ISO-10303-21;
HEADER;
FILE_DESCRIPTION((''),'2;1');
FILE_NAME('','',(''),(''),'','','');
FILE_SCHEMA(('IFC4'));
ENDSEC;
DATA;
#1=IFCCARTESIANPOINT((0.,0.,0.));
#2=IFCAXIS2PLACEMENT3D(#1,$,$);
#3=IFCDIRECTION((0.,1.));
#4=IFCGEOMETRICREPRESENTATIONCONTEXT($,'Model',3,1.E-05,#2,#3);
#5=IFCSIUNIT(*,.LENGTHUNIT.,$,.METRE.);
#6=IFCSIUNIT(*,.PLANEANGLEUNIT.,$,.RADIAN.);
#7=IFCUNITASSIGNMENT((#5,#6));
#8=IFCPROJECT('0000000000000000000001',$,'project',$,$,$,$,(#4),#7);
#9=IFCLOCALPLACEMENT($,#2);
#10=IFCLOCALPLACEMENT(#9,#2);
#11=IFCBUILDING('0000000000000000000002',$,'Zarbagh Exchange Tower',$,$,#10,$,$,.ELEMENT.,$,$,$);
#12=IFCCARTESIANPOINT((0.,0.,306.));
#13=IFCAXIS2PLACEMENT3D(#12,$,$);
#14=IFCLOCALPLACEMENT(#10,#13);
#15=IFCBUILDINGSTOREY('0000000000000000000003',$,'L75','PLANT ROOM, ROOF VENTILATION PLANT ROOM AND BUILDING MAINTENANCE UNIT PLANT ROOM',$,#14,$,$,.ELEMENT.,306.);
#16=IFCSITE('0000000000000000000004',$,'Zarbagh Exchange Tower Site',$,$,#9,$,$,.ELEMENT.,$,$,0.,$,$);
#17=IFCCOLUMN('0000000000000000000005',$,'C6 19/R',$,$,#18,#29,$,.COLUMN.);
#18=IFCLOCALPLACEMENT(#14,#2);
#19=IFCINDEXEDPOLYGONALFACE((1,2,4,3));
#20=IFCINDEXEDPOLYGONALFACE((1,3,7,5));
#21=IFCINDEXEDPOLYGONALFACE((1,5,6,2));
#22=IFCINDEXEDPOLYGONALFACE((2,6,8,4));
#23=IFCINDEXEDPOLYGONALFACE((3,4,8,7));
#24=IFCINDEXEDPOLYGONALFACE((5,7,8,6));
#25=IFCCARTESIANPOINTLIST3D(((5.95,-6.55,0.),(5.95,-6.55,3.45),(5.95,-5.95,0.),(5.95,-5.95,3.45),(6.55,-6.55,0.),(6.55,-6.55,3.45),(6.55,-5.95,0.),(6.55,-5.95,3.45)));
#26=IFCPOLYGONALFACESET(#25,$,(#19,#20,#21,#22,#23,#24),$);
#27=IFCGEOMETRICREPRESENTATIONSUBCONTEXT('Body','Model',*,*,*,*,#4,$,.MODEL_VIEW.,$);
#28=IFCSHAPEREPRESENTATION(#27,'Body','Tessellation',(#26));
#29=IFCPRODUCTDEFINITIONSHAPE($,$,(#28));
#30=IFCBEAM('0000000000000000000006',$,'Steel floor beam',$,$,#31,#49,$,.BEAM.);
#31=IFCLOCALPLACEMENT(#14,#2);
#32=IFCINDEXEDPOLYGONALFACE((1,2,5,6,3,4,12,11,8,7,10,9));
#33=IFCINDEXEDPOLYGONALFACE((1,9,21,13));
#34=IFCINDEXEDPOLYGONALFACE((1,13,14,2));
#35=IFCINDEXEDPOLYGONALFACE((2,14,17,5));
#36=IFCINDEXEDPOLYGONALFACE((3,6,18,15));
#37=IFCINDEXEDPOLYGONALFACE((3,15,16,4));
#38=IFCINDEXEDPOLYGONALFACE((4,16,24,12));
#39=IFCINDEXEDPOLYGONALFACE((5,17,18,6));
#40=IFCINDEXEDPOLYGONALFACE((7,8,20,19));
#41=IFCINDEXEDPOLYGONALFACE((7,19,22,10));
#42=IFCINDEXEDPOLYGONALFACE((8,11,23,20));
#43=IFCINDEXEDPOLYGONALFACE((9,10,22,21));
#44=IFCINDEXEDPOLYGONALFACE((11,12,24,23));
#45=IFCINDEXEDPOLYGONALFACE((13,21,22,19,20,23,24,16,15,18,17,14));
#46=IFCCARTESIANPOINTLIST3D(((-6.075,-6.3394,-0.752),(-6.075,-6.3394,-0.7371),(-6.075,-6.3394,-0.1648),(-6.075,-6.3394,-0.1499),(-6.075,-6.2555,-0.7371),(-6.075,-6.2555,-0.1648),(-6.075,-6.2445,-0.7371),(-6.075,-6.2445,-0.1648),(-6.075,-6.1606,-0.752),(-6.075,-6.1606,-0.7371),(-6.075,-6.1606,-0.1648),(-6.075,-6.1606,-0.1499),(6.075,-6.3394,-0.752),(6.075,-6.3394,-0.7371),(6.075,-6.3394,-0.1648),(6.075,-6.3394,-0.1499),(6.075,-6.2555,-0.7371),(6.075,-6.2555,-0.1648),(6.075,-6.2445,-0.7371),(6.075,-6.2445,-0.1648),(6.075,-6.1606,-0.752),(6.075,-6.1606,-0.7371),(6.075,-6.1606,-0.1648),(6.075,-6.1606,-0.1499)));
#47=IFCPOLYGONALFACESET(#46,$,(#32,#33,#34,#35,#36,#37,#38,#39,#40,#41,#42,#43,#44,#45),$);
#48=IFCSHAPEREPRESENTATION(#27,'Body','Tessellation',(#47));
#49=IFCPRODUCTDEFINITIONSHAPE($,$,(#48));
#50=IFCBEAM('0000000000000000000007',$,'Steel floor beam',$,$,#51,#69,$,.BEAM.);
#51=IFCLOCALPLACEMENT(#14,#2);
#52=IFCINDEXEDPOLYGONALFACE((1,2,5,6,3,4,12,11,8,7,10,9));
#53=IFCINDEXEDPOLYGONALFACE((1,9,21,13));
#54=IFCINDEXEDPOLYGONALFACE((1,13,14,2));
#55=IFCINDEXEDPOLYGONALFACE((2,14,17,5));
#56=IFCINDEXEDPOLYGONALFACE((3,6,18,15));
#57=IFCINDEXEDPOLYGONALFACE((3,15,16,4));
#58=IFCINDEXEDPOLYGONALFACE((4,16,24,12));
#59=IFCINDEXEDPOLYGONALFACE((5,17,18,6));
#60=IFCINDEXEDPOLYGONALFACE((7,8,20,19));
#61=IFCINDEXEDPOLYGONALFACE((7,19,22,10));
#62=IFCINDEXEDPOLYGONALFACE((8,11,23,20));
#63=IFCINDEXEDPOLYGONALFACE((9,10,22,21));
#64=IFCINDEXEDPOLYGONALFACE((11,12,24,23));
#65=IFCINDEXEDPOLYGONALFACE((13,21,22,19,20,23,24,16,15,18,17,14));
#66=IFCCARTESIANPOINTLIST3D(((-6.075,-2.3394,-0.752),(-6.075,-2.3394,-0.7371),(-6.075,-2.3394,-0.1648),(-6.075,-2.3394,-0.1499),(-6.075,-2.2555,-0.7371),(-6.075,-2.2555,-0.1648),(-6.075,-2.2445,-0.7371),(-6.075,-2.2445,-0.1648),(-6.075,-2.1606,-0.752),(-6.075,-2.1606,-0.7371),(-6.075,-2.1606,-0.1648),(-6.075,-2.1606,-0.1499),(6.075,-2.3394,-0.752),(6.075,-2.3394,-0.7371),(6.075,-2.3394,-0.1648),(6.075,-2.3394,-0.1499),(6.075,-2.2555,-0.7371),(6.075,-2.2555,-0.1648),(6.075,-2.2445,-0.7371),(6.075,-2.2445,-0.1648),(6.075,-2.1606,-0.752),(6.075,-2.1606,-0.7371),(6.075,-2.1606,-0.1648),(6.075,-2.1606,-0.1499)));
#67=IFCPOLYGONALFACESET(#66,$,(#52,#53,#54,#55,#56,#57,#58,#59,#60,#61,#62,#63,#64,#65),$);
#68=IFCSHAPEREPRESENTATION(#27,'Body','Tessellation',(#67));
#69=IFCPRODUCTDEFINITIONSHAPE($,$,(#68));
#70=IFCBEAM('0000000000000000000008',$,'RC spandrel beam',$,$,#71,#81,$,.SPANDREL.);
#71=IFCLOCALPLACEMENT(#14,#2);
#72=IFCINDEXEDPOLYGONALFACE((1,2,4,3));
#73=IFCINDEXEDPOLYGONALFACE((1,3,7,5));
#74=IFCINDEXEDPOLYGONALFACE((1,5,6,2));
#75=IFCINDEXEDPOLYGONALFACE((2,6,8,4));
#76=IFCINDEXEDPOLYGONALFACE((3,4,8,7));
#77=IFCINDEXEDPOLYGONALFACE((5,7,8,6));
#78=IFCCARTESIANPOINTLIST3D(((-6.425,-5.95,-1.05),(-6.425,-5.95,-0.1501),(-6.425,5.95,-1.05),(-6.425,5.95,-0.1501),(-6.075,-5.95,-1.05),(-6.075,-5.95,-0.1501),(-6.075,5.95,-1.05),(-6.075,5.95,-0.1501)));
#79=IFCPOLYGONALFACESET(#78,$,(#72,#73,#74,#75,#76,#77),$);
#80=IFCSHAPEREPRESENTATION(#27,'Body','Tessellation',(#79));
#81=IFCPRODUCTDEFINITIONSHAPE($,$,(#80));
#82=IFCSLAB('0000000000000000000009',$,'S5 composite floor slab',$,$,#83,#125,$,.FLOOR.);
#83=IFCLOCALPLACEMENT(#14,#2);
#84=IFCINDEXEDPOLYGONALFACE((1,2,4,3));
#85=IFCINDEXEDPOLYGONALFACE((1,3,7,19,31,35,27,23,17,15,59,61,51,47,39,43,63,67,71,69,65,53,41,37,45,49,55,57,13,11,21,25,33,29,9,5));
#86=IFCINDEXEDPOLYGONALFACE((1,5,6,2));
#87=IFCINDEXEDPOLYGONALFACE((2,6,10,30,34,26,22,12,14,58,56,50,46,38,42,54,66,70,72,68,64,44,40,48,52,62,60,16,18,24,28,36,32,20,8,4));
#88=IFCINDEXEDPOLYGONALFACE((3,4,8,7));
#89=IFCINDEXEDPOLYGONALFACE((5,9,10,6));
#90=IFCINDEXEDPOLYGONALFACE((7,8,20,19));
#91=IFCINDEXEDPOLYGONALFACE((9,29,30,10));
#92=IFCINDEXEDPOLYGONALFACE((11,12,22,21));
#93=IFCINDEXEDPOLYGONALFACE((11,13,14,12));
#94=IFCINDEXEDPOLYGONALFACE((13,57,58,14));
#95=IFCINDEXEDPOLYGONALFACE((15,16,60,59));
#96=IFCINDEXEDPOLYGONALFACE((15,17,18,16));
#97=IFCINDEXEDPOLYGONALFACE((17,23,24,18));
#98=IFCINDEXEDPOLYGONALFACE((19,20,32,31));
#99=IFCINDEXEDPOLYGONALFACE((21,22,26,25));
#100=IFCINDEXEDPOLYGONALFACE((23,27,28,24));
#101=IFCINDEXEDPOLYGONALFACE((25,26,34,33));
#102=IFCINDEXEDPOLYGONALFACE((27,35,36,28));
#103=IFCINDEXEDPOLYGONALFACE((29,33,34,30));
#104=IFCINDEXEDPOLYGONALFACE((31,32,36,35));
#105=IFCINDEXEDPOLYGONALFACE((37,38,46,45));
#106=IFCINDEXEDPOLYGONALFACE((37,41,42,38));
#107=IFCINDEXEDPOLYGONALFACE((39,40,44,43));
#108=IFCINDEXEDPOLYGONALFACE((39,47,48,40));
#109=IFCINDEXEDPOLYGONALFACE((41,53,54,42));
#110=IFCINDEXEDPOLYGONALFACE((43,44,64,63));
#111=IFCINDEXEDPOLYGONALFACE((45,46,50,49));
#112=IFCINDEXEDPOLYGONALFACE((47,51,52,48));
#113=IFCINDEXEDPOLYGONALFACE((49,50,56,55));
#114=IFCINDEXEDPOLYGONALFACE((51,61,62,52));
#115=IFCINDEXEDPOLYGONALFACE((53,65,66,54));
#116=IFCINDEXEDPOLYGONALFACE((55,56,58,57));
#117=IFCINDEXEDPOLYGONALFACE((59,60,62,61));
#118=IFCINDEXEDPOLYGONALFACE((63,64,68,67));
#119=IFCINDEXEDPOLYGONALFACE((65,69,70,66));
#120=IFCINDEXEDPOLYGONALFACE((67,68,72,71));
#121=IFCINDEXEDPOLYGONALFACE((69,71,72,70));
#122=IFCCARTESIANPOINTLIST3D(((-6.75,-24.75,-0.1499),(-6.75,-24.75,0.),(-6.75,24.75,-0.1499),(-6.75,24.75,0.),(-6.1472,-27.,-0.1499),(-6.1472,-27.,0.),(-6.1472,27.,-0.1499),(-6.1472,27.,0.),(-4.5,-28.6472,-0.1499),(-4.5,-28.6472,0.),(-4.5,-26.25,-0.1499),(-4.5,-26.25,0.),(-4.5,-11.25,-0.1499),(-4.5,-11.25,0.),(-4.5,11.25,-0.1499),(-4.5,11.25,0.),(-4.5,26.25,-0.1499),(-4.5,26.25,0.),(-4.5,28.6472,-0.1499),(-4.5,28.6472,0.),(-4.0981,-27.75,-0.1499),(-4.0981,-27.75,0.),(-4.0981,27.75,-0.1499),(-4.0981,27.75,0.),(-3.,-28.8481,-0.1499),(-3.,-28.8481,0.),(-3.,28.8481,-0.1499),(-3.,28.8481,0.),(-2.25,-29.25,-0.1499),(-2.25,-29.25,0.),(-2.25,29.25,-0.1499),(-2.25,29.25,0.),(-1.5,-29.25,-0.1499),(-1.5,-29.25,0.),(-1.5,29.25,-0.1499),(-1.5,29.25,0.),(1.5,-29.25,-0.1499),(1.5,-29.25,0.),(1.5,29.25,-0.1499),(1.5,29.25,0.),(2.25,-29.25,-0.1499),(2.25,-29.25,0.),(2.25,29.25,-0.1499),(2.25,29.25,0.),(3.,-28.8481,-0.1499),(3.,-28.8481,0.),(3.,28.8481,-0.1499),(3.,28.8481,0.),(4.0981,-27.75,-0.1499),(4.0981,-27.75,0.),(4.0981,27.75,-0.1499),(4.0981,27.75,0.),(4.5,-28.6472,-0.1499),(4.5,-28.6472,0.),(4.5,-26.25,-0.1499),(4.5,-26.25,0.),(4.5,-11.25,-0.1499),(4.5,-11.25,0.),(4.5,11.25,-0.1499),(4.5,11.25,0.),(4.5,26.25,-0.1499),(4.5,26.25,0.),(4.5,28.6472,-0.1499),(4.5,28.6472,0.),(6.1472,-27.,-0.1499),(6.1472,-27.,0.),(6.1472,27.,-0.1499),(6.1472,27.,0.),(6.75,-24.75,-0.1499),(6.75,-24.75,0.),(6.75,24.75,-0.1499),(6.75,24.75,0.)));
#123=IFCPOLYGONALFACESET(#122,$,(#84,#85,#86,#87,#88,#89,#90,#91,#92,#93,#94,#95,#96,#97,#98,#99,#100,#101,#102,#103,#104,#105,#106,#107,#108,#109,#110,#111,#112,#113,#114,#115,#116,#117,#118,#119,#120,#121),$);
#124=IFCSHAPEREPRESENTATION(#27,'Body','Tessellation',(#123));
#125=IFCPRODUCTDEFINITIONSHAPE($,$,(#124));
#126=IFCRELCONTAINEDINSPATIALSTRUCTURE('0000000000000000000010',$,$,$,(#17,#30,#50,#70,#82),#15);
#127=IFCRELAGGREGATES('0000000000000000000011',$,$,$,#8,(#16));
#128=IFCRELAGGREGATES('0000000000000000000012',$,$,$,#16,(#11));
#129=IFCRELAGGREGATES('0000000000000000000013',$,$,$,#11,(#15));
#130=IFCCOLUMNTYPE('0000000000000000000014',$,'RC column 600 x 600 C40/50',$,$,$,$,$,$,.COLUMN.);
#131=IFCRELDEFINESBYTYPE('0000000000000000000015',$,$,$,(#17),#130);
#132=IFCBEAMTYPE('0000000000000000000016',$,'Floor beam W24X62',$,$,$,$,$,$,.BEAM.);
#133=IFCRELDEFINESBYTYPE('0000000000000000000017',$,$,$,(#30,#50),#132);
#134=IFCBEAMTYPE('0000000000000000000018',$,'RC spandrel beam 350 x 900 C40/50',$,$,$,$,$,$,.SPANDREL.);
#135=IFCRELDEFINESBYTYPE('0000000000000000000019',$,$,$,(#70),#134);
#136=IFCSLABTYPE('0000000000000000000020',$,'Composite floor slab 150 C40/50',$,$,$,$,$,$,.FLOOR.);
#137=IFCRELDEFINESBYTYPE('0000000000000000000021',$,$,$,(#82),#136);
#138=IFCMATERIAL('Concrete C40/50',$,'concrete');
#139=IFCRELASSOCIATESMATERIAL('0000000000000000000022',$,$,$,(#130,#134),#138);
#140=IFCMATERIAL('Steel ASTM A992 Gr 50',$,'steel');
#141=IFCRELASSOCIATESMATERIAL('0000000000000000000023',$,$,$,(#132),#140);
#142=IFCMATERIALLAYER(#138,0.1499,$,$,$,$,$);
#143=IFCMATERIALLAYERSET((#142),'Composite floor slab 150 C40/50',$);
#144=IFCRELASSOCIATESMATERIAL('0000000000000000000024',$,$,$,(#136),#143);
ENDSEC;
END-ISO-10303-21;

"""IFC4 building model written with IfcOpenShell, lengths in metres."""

from ifc_helpers import new_model, si_unit, direction, frame, origin, origin_2d, place, context, subcontext, project, spatial, polyline, rectangle, i_section, outline, extrude, material, layer, layer_set, material_profile, profile_set, type_object, element, save


model = new_model("IFC4")

# Units and contexts
model_context = context("Model", 3, precision=1e-05, world=origin(), true_north=direction((0.0, 1.0)))
body_context = subcontext(model_context, "Body", "Model", "MODEL_VIEW")
ifc_project = project(units=[si_unit("LENGTHUNIT", "METRE"), si_unit("PLANEANGLEUNIT", "RADIAN")], contexts=[model_context])

# Site, building, storey
site_placement = place(None, origin())
site = spatial("IfcSite", under=ifc_project, at=site_placement, Name="Zarbagh Exchange Tower Site", CompositionType="ELEMENT", RefElevation=0.0)
building_placement = place(site_placement, origin())
building = spatial("IfcBuilding", under=site, at=building_placement, Name="Zarbagh Exchange Tower", CompositionType="ELEMENT")
storey_placement = place(building_placement, frame((0.0, 0.0, 306.0)))
storey = spatial("IfcBuildingStorey", under=building, at=storey_placement, Name="L75", Description="PLANT ROOM, ROOF VENTILATION PLANT ROOM AND BUILDING MAINTENANCE UNIT PLANT ROOM", CompositionType="ELEMENT", Elevation=306.0)

# Column
ifc_material_1 = material(Name="Concrete C40/50", Category="concrete")
ifc_material_profile_1 = material_profile(ifc_material_1, rectangle(XDim=0.6001, YDim=0.6001, at=origin_2d()), Name="RC column 600 x 600 C40/50")
ifc_profile_set_1 = profile_set([ifc_material_profile_1], Name="Concrete C40/50")
column_type = type_object("IfcColumnType", Name="RC column 600 x 600 C40/50", PredefinedType="COLUMN", material=ifc_profile_set_1)
column_placement = place(storey_placement, frame((6.25, -6.25, 0.0), z_axis=(0.0, 0.0, 1.0), x_axis=(1.0, 0.0, 0.0)))
element("IfcColumn", 1, at=column_placement, inside=storey, type_object=column_type, Name="C6 19/R", PredefinedType="COLUMN", context=body_context, shape_type="SweptSolid", body=[
    extrude(rectangle(XDim=0.6001, YDim=0.6001, at=origin_2d()), origin(), (0.0, 0.0, 1.0), 3.45),
])

# Beams
ifc_material_2 = material(Name="Steel ASTM A992 Gr 50", Category="steel")
ifc_material_profile_2 = material_profile(ifc_material_2, i_section(OverallWidth=0.1787, OverallDepth=0.6021, WebThickness=0.011, FlangeThickness=0.0149, at=origin_2d()), Name="W24X62")
ifc_profile_set_2 = profile_set([ifc_material_profile_2], Name="Steel ASTM A992 Gr 50")
beam_type_1 = type_object("IfcBeamType", Name="Floor beam W24X62", PredefinedType="BEAM", material=ifc_profile_set_2)
for number, where, z_axis, x_axis, name in (
    (2, (-6.075, -6.25, -0.4509), (1.0, 0.0, 0.0), (0.0, 1.0, 0.0), "Steel floor beam"),
    (3, (-6.075, -2.25, -0.4509), (1.0, 0.0, 0.0), (0.0, 1.0, 0.0), "Steel floor beam"),
):
    element("IfcBeam", number, at=place(storey_placement, frame(where, z_axis=z_axis, x_axis=x_axis)), inside=storey, type_object=beam_type_1, Name=name, PredefinedType="BEAM", context=body_context, shape_type="SweptSolid", body=[
        extrude(i_section(OverallWidth=0.1787, OverallDepth=0.6021, WebThickness=0.011, FlangeThickness=0.0149, at=origin_2d()), origin(), (0.0, 0.0, 1.0), 12.1499),
    ])
ifc_material_profile_3 = material_profile(ifc_material_1, rectangle(XDim=0.3501, YDim=0.8999, at=origin_2d()), Name="RC spandrel beam 350 x 900 C40/50")
ifc_profile_set_3 = profile_set([ifc_material_profile_3], Name="Concrete C40/50")
beam_type_2 = type_object("IfcBeamType", Name="RC spandrel beam 350 x 900 C40/50", PredefinedType="SPANDREL", material=ifc_profile_set_3)
beam_placement = place(storey_placement, frame((-6.25, -5.95, -0.6001), z_axis=(0.0, 1.0, 0.0), x_axis=(-1.0, 0.0, 0.0)))
element("IfcBeam", 4, at=beam_placement, inside=storey, type_object=beam_type_2, Name="RC spandrel beam", PredefinedType="SPANDREL", context=body_context, shape_type="SweptSolid", body=[
    extrude(rectangle(XDim=0.3501, YDim=0.8999, at=origin_2d()), origin(), (0.0, 0.0, 1.0), 11.8999),
])

# Slab
ifc_layer_1 = layer(ifc_material_1, 0.1499)
ifc_layer_set_1 = layer_set([ifc_layer_1], Name="Composite floor slab 150 C40/50")
slab_type_1 = type_object("IfcSlabType", Name="Composite floor slab 150 C40/50", PredefinedType="FLOOR", material=ifc_layer_set_1)
slab_1_placement = place(storey_placement, frame((0.0, 0.0, -0.1499)))
element("IfcSlab", 5, at=slab_1_placement, inside=storey, type_object=slab_type_1, Name="S5 composite floor slab", PredefinedType="FLOOR", context=body_context, shape_type="SweptSolid", body=[
    extrude(outline(polyline([(1.5, -29.25), (3.0, -28.8481), (4.0981, -27.75), (4.5, -26.25), (4.5, -11.25), (-4.5, -11.25), (-4.5, -26.25), (-4.0981, -27.75), (-3.0, -28.8481), (-1.5, -29.25), (-2.25, -29.25), (-4.5, -28.6472), (-6.1472, -27.0), (-6.75, -24.75), (-6.75, 24.75), (-6.1472, 27.0), (-4.5, 28.6472), (-2.25, 29.25), (-1.5, 29.25), (-3.0, 28.8481), (-4.0981, 27.75), (-4.5, 26.25), (-4.5, 11.25), (4.5, 11.25), (4.5, 26.25), (4.0981, 27.75), (3.0, 28.8481), (1.5, 29.25), (2.25, 29.25), (4.5, 28.6472), (6.1472, 27.0), (6.75, 24.75), (6.75, -24.75), (6.1472, -27.0), (4.5, -28.6472), (2.25, -29.25), (1.5, -29.25)])), origin(), (0.0, 0.0, 1.0), 0.1499),
])

save(model, "model.ifc")
